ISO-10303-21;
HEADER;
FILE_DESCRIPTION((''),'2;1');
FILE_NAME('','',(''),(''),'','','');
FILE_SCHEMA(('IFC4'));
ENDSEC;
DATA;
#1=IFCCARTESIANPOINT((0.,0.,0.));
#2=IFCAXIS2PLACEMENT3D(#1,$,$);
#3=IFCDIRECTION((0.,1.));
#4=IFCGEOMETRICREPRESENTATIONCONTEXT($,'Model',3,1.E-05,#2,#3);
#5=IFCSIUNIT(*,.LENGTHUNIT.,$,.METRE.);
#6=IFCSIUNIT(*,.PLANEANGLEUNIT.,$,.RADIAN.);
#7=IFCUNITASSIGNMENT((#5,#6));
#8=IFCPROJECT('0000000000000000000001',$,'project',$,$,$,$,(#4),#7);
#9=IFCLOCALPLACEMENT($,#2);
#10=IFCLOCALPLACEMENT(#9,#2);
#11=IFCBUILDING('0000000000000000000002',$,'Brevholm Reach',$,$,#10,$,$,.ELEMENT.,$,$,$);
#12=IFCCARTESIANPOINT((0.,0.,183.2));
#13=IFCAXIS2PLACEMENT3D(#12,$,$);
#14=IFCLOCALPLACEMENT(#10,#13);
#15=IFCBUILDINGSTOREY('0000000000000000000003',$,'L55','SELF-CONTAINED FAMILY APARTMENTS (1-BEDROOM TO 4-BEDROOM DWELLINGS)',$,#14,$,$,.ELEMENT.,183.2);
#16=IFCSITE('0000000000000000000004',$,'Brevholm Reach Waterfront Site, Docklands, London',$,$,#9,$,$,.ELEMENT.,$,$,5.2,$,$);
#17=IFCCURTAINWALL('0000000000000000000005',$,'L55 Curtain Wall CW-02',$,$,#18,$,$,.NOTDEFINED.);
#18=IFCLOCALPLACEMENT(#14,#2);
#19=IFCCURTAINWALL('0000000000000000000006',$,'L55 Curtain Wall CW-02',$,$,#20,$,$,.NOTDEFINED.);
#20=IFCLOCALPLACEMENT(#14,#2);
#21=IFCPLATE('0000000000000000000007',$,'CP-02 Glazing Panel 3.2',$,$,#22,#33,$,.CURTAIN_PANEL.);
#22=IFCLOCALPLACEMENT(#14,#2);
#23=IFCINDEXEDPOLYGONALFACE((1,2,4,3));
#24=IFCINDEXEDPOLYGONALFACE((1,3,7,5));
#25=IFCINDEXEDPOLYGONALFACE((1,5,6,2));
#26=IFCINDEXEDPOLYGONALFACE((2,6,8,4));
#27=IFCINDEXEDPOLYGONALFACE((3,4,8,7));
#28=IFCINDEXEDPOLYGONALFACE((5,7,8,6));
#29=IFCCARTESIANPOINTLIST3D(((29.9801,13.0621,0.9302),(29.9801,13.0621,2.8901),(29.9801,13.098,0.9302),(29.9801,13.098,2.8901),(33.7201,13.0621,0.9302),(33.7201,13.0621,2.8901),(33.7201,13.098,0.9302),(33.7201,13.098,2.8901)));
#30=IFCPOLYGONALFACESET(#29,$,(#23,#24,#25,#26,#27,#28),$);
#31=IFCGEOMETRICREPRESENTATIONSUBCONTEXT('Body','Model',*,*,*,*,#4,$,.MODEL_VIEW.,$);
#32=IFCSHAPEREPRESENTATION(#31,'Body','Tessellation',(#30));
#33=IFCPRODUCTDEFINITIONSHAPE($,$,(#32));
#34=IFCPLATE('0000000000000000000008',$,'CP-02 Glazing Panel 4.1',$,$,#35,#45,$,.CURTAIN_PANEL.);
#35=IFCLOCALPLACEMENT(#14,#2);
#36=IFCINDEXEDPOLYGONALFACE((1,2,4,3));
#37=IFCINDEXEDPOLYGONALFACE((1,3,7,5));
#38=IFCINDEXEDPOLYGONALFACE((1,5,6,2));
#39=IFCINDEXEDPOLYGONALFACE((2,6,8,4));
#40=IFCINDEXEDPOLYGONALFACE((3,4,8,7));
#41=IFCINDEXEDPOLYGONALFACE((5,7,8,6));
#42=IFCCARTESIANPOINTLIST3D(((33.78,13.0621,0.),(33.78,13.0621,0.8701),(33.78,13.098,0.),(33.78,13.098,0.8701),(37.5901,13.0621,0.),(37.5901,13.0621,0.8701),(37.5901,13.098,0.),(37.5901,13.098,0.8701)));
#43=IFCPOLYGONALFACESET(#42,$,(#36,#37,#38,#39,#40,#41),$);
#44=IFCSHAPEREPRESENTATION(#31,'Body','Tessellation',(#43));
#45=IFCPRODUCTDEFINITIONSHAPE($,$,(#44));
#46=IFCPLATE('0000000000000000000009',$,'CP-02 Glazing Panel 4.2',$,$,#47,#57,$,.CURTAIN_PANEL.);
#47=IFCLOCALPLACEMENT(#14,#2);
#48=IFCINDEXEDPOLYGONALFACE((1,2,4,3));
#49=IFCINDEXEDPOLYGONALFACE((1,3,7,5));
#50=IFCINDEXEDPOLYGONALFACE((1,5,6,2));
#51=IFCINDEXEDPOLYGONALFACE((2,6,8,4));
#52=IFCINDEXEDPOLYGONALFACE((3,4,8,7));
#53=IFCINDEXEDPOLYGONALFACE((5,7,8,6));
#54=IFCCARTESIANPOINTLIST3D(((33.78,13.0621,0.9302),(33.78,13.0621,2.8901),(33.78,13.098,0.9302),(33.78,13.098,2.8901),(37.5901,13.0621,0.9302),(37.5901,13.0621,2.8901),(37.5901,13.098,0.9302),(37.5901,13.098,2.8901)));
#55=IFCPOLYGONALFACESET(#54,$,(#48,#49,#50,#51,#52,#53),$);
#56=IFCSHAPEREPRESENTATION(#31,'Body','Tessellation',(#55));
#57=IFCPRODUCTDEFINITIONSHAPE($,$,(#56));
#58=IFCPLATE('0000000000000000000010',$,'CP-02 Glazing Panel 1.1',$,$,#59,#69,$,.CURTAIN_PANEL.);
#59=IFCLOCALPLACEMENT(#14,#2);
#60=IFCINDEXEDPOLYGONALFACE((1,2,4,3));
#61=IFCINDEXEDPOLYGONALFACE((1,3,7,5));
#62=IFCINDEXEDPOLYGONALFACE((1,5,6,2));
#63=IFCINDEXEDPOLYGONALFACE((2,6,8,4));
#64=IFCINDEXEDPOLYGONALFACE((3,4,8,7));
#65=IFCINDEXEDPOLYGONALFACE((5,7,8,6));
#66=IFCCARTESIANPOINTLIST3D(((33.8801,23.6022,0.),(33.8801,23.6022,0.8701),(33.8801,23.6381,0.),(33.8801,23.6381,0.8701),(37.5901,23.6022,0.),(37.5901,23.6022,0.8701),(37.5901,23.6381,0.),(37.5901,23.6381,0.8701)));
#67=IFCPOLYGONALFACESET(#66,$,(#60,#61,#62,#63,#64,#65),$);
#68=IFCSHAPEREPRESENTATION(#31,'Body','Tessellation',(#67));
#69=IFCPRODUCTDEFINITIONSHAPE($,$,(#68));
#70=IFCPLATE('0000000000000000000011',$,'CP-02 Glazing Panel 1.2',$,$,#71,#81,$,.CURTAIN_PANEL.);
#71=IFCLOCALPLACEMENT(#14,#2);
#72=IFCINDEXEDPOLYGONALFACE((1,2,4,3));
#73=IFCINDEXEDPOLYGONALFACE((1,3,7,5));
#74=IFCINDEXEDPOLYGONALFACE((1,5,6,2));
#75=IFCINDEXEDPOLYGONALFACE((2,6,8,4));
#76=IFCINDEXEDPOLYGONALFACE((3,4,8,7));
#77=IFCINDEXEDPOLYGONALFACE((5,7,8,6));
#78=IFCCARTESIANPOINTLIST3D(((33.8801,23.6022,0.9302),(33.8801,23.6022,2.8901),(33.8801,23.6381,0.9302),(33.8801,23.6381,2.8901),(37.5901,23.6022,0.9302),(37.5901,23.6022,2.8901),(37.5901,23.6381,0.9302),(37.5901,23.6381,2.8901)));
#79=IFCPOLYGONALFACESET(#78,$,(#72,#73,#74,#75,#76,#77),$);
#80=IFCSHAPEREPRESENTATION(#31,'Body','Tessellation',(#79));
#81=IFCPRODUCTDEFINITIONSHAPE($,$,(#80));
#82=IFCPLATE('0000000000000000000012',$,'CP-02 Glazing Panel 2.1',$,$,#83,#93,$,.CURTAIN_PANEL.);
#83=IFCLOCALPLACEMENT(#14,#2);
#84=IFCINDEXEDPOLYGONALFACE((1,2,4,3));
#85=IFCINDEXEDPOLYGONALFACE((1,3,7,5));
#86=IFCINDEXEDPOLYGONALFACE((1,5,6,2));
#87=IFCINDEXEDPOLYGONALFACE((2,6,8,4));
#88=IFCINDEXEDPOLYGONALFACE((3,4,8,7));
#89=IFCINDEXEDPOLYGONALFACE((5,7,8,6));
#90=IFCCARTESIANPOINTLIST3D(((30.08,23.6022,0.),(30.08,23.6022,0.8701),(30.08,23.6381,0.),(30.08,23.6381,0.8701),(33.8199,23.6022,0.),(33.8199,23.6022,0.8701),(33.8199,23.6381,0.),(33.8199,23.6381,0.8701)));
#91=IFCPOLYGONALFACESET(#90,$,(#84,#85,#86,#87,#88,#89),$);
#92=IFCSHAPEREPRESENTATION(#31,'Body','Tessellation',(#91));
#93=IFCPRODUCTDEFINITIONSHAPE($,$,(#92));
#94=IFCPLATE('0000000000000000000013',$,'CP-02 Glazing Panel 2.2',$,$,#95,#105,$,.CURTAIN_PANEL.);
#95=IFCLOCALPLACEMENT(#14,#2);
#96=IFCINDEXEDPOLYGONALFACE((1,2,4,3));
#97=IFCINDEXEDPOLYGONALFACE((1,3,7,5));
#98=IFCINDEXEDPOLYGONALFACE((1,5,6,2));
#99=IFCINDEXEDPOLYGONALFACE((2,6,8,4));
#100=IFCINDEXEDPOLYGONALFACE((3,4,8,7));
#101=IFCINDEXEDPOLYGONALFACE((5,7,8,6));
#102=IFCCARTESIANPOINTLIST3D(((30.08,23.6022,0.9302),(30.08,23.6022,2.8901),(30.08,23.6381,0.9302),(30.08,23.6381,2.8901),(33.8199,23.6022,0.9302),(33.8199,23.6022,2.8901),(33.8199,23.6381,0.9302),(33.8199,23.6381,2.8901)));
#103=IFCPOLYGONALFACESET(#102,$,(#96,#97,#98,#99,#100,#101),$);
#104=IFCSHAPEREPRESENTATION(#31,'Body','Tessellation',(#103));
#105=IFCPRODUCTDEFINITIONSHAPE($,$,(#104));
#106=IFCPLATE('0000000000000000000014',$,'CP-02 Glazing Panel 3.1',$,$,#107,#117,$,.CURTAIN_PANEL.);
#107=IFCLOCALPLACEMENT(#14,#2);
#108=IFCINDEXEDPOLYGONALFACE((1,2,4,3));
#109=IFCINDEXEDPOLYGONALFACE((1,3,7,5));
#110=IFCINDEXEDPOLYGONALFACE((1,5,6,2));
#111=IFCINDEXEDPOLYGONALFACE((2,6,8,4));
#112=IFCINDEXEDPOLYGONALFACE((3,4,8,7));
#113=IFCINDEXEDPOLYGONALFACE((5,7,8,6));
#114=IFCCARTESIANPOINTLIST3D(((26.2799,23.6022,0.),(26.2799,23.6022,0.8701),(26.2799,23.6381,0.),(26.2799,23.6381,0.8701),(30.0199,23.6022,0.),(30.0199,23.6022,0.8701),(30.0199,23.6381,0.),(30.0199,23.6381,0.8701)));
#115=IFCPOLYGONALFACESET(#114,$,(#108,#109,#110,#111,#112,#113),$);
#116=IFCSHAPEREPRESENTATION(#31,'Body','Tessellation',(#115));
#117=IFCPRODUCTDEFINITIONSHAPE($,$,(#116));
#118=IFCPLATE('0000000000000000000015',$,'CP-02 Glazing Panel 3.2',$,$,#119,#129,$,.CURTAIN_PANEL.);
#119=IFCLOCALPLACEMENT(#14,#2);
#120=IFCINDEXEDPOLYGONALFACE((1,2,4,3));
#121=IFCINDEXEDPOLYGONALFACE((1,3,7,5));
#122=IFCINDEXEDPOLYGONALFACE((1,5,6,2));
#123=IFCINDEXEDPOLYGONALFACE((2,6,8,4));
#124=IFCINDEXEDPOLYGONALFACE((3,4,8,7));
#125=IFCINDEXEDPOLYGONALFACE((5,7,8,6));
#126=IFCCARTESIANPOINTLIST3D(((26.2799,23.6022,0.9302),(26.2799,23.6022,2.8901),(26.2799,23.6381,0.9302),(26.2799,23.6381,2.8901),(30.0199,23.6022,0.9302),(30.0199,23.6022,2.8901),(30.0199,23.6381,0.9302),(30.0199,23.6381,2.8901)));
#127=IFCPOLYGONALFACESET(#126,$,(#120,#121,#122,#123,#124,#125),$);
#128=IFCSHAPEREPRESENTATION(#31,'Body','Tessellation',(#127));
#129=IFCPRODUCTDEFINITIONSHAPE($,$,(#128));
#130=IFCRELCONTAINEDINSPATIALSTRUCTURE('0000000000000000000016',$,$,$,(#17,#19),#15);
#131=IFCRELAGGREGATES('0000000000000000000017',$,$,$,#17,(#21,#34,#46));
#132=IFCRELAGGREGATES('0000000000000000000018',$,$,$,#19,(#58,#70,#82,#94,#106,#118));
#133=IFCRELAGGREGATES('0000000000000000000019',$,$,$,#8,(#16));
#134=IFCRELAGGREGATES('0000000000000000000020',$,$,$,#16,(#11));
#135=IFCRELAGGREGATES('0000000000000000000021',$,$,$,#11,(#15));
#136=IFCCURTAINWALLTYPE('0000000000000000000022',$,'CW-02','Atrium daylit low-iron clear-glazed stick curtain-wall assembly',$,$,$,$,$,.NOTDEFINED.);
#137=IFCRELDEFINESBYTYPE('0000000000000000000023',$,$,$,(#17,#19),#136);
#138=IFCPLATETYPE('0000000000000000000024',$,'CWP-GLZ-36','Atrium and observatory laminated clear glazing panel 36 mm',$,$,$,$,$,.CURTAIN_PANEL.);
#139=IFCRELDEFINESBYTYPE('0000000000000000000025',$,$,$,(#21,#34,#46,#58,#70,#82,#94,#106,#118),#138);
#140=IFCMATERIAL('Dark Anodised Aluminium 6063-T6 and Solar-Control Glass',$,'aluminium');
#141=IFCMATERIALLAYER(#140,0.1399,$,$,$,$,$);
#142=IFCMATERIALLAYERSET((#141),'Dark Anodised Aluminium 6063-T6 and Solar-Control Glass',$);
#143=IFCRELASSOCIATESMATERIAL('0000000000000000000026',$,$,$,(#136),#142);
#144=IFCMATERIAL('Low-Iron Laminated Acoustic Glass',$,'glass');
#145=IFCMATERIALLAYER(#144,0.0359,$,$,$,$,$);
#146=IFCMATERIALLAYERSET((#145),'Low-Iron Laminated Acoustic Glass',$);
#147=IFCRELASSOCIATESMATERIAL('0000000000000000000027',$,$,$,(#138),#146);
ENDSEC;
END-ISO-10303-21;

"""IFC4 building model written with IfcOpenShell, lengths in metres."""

from ifc_helpers import new_model, si_unit, direction, frame, origin, origin_2d, place, context, subcontext, project, spatial, rectangle, extrude, material, layer, layer_set, type_object, element, aggregate, save


model = new_model("IFC4")

# Units and contexts
model_context = context("Model", 3, precision=1e-05, world=origin(), true_north=direction((0.0, 1.0)))
body_context = subcontext(model_context, "Body", "Model", "MODEL_VIEW")
ifc_project = project(units=[si_unit("LENGTHUNIT", "METRE"), si_unit("PLANEANGLEUNIT", "RADIAN")], contexts=[model_context])

# Site, building, storey
site_placement = place(None, origin())
site = spatial("IfcSite", under=ifc_project, at=site_placement, Name="Brevholm Reach Waterfront Site, Docklands, London", CompositionType="ELEMENT", RefElevation=5.2)
building_placement = place(site_placement, origin())
building = spatial("IfcBuilding", under=site, at=building_placement, Name="Brevholm Reach", CompositionType="ELEMENT")
storey_placement = place(building_placement, frame((0.0, 0.0, 183.2)))
storey = spatial("IfcBuildingStorey", under=building, at=storey_placement, Name="L55", Description="SELF-CONTAINED FAMILY APARTMENTS (1-BEDROOM TO 4-BEDROOM DWELLINGS)", CompositionType="ELEMENT", Elevation=183.2)

# Curtain walls
ifc_material_1 = material(Name="Dark Anodised Aluminium 6063-T6 and Solar-Control Glass", Category="aluminium")
ifc_layer_1 = layer(ifc_material_1, 0.1399)
ifc_layer_set_1 = layer_set([ifc_layer_1], Name="Dark Anodised Aluminium 6063-T6 and Solar-Control Glass")
curtain_wall_type_1 = type_object("IfcCurtainWallType", Name="CW-02", Description="Atrium daylit low-iron clear-glazed stick curtain-wall assembly", PredefinedType="NOTDEFINED", material=ifc_layer_set_1)
curtain_wall_1_placement = place(storey_placement, origin())
curtain_wall_1 = element("IfcCurtainWall", 1, at=curtain_wall_1_placement, inside=storey, type_object=curtain_wall_type_1, Name="L55 Curtain Wall CW-02", PredefinedType="NOTDEFINED")
curtain_wall_2_placement = place(storey_placement, origin())
curtain_wall_2 = element("IfcCurtainWall", 2, at=curtain_wall_2_placement, inside=storey, type_object=curtain_wall_type_1, Name="L55 Curtain Wall CW-02", PredefinedType="NOTDEFINED")

# Plates
ifc_material_2 = material(Name="Low-Iron Laminated Acoustic Glass", Category="glass")
ifc_layer_2 = layer(ifc_material_2, 0.0359)
ifc_layer_set_2 = layer_set([ifc_layer_2], Name="Low-Iron Laminated Acoustic Glass")
plate_type_1 = type_object("IfcPlateType", Name="CWP-GLZ-36", Description="Atrium and observatory laminated clear glazing panel 36 mm", PredefinedType="CURTAIN_PANEL", material=ifc_layer_set_2)
plate_1_placement = place(storey_placement, frame((31.8501, 13.0801, 0.9302), z_axis=(0.0, 0.0, 1.0), x_axis=(1.0, 0.0, 0.0)))
plate_1 = element("IfcPlate", 3, at=plate_1_placement, type_object=plate_type_1, Name="CP-02 Glazing Panel 3.2", PredefinedType="CURTAIN_PANEL", context=body_context, shape_type="SweptSolid", body=[
    extrude(rectangle(XDim=3.74, YDim=0.0359, at=origin_2d()), origin(), (0.0, 0.0, 1.0), 1.96),
])
plate_2_placement = place(storey_placement, frame((35.6851, 13.0801, 0.0), z_axis=(0.0, 0.0, 1.0), x_axis=(1.0, 0.0, 0.0)))
plate_2 = element("IfcPlate", 4, at=plate_2_placement, type_object=plate_type_1, Name="CP-02 Glazing Panel 4.1", PredefinedType="CURTAIN_PANEL", context=body_context, shape_type="SweptSolid", body=[
    extrude(rectangle(XDim=3.8101, YDim=0.0359, at=origin_2d()), origin(), (0.0, 0.0, 1.0), 0.8701),
])
plate_3_placement = place(storey_placement, frame((35.6851, 13.0801, 0.9302), z_axis=(0.0, 0.0, 1.0), x_axis=(1.0, 0.0, 0.0)))
plate_3 = element("IfcPlate", 5, at=plate_3_placement, type_object=plate_type_1, Name="CP-02 Glazing Panel 4.2", PredefinedType="CURTAIN_PANEL", context=body_context, shape_type="SweptSolid", body=[
    extrude(rectangle(XDim=3.8101, YDim=0.0359, at=origin_2d()), origin(), (0.0, 0.0, 1.0), 1.96),
])
aggregate(curtain_wall_1, [plate_1, plate_2, plate_3])
plate_4_placement = place(storey_placement, frame((35.7351, 23.6201, 0.0), z_axis=(0.0, 0.0, 1.0), x_axis=(-1.0, 0.0, 0.0)))
plate_4 = element("IfcPlate", 6, at=plate_4_placement, type_object=plate_type_1, Name="CP-02 Glazing Panel 1.1", PredefinedType="CURTAIN_PANEL", context=body_context, shape_type="SweptSolid", body=[
    extrude(rectangle(XDim=3.71, YDim=0.0359, at=origin_2d()), origin(), (0.0, 0.0, 1.0), 0.8701),
])
plate_5_placement = place(storey_placement, frame((35.7351, 23.6201, 0.9302), z_axis=(0.0, 0.0, 1.0), x_axis=(-1.0, 0.0, 0.0)))
plate_5 = element("IfcPlate", 7, at=plate_5_placement, type_object=plate_type_1, Name="CP-02 Glazing Panel 1.2", PredefinedType="CURTAIN_PANEL", context=body_context, shape_type="SweptSolid", body=[
    extrude(rectangle(XDim=3.71, YDim=0.0359, at=origin_2d()), origin(), (0.0, 0.0, 1.0), 1.96),
])
plate_6_placement = place(storey_placement, frame((31.95, 23.6201, 0.0), z_axis=(0.0, 0.0, 1.0), x_axis=(-1.0, 0.0, 0.0)))
plate_6 = element("IfcPlate", 8, at=plate_6_placement, type_object=plate_type_1, Name="CP-02 Glazing Panel 2.1", PredefinedType="CURTAIN_PANEL", context=body_context, shape_type="SweptSolid", body=[
    extrude(rectangle(XDim=3.74, YDim=0.0359, at=origin_2d()), origin(), (0.0, 0.0, 1.0), 0.8701),
])
plate_7_placement = place(storey_placement, frame((31.95, 23.6201, 0.9302), z_axis=(0.0, 0.0, 1.0), x_axis=(-1.0, 0.0, 0.0)))
plate_7 = element("IfcPlate", 9, at=plate_7_placement, type_object=plate_type_1, Name="CP-02 Glazing Panel 2.2", PredefinedType="CURTAIN_PANEL", context=body_context, shape_type="SweptSolid", body=[
    extrude(rectangle(XDim=3.74, YDim=0.0359, at=origin_2d()), origin(), (0.0, 0.0, 1.0), 1.96),
])
plate_8_placement = place(storey_placement, frame((28.1499, 23.6201, 0.0), z_axis=(0.0, 0.0, 1.0), x_axis=(-1.0, 0.0, 0.0)))
plate_8 = element("IfcPlate", 10, at=plate_8_placement, type_object=plate_type_1, Name="CP-02 Glazing Panel 3.1", PredefinedType="CURTAIN_PANEL", context=body_context, shape_type="SweptSolid", body=[
    extrude(rectangle(XDim=3.74, YDim=0.0359, at=origin_2d()), origin(), (0.0, 0.0, 1.0), 0.8701),
])
plate_9_placement = place(storey_placement, frame((28.1499, 23.6201, 0.9302), z_axis=(0.0, 0.0, 1.0), x_axis=(-1.0, 0.0, 0.0)))
plate_9 = element("IfcPlate", 11, at=plate_9_placement, type_object=plate_type_1, Name="CP-02 Glazing Panel 3.2", PredefinedType="CURTAIN_PANEL", context=body_context, shape_type="SweptSolid", body=[
    extrude(rectangle(XDim=3.74, YDim=0.0359, at=origin_2d()), origin(), (0.0, 0.0, 1.0), 1.96),
])
aggregate(curtain_wall_2, [plate_4, plate_5, plate_6, plate_7, plate_8, plate_9])

save(model, "model.ifc")
